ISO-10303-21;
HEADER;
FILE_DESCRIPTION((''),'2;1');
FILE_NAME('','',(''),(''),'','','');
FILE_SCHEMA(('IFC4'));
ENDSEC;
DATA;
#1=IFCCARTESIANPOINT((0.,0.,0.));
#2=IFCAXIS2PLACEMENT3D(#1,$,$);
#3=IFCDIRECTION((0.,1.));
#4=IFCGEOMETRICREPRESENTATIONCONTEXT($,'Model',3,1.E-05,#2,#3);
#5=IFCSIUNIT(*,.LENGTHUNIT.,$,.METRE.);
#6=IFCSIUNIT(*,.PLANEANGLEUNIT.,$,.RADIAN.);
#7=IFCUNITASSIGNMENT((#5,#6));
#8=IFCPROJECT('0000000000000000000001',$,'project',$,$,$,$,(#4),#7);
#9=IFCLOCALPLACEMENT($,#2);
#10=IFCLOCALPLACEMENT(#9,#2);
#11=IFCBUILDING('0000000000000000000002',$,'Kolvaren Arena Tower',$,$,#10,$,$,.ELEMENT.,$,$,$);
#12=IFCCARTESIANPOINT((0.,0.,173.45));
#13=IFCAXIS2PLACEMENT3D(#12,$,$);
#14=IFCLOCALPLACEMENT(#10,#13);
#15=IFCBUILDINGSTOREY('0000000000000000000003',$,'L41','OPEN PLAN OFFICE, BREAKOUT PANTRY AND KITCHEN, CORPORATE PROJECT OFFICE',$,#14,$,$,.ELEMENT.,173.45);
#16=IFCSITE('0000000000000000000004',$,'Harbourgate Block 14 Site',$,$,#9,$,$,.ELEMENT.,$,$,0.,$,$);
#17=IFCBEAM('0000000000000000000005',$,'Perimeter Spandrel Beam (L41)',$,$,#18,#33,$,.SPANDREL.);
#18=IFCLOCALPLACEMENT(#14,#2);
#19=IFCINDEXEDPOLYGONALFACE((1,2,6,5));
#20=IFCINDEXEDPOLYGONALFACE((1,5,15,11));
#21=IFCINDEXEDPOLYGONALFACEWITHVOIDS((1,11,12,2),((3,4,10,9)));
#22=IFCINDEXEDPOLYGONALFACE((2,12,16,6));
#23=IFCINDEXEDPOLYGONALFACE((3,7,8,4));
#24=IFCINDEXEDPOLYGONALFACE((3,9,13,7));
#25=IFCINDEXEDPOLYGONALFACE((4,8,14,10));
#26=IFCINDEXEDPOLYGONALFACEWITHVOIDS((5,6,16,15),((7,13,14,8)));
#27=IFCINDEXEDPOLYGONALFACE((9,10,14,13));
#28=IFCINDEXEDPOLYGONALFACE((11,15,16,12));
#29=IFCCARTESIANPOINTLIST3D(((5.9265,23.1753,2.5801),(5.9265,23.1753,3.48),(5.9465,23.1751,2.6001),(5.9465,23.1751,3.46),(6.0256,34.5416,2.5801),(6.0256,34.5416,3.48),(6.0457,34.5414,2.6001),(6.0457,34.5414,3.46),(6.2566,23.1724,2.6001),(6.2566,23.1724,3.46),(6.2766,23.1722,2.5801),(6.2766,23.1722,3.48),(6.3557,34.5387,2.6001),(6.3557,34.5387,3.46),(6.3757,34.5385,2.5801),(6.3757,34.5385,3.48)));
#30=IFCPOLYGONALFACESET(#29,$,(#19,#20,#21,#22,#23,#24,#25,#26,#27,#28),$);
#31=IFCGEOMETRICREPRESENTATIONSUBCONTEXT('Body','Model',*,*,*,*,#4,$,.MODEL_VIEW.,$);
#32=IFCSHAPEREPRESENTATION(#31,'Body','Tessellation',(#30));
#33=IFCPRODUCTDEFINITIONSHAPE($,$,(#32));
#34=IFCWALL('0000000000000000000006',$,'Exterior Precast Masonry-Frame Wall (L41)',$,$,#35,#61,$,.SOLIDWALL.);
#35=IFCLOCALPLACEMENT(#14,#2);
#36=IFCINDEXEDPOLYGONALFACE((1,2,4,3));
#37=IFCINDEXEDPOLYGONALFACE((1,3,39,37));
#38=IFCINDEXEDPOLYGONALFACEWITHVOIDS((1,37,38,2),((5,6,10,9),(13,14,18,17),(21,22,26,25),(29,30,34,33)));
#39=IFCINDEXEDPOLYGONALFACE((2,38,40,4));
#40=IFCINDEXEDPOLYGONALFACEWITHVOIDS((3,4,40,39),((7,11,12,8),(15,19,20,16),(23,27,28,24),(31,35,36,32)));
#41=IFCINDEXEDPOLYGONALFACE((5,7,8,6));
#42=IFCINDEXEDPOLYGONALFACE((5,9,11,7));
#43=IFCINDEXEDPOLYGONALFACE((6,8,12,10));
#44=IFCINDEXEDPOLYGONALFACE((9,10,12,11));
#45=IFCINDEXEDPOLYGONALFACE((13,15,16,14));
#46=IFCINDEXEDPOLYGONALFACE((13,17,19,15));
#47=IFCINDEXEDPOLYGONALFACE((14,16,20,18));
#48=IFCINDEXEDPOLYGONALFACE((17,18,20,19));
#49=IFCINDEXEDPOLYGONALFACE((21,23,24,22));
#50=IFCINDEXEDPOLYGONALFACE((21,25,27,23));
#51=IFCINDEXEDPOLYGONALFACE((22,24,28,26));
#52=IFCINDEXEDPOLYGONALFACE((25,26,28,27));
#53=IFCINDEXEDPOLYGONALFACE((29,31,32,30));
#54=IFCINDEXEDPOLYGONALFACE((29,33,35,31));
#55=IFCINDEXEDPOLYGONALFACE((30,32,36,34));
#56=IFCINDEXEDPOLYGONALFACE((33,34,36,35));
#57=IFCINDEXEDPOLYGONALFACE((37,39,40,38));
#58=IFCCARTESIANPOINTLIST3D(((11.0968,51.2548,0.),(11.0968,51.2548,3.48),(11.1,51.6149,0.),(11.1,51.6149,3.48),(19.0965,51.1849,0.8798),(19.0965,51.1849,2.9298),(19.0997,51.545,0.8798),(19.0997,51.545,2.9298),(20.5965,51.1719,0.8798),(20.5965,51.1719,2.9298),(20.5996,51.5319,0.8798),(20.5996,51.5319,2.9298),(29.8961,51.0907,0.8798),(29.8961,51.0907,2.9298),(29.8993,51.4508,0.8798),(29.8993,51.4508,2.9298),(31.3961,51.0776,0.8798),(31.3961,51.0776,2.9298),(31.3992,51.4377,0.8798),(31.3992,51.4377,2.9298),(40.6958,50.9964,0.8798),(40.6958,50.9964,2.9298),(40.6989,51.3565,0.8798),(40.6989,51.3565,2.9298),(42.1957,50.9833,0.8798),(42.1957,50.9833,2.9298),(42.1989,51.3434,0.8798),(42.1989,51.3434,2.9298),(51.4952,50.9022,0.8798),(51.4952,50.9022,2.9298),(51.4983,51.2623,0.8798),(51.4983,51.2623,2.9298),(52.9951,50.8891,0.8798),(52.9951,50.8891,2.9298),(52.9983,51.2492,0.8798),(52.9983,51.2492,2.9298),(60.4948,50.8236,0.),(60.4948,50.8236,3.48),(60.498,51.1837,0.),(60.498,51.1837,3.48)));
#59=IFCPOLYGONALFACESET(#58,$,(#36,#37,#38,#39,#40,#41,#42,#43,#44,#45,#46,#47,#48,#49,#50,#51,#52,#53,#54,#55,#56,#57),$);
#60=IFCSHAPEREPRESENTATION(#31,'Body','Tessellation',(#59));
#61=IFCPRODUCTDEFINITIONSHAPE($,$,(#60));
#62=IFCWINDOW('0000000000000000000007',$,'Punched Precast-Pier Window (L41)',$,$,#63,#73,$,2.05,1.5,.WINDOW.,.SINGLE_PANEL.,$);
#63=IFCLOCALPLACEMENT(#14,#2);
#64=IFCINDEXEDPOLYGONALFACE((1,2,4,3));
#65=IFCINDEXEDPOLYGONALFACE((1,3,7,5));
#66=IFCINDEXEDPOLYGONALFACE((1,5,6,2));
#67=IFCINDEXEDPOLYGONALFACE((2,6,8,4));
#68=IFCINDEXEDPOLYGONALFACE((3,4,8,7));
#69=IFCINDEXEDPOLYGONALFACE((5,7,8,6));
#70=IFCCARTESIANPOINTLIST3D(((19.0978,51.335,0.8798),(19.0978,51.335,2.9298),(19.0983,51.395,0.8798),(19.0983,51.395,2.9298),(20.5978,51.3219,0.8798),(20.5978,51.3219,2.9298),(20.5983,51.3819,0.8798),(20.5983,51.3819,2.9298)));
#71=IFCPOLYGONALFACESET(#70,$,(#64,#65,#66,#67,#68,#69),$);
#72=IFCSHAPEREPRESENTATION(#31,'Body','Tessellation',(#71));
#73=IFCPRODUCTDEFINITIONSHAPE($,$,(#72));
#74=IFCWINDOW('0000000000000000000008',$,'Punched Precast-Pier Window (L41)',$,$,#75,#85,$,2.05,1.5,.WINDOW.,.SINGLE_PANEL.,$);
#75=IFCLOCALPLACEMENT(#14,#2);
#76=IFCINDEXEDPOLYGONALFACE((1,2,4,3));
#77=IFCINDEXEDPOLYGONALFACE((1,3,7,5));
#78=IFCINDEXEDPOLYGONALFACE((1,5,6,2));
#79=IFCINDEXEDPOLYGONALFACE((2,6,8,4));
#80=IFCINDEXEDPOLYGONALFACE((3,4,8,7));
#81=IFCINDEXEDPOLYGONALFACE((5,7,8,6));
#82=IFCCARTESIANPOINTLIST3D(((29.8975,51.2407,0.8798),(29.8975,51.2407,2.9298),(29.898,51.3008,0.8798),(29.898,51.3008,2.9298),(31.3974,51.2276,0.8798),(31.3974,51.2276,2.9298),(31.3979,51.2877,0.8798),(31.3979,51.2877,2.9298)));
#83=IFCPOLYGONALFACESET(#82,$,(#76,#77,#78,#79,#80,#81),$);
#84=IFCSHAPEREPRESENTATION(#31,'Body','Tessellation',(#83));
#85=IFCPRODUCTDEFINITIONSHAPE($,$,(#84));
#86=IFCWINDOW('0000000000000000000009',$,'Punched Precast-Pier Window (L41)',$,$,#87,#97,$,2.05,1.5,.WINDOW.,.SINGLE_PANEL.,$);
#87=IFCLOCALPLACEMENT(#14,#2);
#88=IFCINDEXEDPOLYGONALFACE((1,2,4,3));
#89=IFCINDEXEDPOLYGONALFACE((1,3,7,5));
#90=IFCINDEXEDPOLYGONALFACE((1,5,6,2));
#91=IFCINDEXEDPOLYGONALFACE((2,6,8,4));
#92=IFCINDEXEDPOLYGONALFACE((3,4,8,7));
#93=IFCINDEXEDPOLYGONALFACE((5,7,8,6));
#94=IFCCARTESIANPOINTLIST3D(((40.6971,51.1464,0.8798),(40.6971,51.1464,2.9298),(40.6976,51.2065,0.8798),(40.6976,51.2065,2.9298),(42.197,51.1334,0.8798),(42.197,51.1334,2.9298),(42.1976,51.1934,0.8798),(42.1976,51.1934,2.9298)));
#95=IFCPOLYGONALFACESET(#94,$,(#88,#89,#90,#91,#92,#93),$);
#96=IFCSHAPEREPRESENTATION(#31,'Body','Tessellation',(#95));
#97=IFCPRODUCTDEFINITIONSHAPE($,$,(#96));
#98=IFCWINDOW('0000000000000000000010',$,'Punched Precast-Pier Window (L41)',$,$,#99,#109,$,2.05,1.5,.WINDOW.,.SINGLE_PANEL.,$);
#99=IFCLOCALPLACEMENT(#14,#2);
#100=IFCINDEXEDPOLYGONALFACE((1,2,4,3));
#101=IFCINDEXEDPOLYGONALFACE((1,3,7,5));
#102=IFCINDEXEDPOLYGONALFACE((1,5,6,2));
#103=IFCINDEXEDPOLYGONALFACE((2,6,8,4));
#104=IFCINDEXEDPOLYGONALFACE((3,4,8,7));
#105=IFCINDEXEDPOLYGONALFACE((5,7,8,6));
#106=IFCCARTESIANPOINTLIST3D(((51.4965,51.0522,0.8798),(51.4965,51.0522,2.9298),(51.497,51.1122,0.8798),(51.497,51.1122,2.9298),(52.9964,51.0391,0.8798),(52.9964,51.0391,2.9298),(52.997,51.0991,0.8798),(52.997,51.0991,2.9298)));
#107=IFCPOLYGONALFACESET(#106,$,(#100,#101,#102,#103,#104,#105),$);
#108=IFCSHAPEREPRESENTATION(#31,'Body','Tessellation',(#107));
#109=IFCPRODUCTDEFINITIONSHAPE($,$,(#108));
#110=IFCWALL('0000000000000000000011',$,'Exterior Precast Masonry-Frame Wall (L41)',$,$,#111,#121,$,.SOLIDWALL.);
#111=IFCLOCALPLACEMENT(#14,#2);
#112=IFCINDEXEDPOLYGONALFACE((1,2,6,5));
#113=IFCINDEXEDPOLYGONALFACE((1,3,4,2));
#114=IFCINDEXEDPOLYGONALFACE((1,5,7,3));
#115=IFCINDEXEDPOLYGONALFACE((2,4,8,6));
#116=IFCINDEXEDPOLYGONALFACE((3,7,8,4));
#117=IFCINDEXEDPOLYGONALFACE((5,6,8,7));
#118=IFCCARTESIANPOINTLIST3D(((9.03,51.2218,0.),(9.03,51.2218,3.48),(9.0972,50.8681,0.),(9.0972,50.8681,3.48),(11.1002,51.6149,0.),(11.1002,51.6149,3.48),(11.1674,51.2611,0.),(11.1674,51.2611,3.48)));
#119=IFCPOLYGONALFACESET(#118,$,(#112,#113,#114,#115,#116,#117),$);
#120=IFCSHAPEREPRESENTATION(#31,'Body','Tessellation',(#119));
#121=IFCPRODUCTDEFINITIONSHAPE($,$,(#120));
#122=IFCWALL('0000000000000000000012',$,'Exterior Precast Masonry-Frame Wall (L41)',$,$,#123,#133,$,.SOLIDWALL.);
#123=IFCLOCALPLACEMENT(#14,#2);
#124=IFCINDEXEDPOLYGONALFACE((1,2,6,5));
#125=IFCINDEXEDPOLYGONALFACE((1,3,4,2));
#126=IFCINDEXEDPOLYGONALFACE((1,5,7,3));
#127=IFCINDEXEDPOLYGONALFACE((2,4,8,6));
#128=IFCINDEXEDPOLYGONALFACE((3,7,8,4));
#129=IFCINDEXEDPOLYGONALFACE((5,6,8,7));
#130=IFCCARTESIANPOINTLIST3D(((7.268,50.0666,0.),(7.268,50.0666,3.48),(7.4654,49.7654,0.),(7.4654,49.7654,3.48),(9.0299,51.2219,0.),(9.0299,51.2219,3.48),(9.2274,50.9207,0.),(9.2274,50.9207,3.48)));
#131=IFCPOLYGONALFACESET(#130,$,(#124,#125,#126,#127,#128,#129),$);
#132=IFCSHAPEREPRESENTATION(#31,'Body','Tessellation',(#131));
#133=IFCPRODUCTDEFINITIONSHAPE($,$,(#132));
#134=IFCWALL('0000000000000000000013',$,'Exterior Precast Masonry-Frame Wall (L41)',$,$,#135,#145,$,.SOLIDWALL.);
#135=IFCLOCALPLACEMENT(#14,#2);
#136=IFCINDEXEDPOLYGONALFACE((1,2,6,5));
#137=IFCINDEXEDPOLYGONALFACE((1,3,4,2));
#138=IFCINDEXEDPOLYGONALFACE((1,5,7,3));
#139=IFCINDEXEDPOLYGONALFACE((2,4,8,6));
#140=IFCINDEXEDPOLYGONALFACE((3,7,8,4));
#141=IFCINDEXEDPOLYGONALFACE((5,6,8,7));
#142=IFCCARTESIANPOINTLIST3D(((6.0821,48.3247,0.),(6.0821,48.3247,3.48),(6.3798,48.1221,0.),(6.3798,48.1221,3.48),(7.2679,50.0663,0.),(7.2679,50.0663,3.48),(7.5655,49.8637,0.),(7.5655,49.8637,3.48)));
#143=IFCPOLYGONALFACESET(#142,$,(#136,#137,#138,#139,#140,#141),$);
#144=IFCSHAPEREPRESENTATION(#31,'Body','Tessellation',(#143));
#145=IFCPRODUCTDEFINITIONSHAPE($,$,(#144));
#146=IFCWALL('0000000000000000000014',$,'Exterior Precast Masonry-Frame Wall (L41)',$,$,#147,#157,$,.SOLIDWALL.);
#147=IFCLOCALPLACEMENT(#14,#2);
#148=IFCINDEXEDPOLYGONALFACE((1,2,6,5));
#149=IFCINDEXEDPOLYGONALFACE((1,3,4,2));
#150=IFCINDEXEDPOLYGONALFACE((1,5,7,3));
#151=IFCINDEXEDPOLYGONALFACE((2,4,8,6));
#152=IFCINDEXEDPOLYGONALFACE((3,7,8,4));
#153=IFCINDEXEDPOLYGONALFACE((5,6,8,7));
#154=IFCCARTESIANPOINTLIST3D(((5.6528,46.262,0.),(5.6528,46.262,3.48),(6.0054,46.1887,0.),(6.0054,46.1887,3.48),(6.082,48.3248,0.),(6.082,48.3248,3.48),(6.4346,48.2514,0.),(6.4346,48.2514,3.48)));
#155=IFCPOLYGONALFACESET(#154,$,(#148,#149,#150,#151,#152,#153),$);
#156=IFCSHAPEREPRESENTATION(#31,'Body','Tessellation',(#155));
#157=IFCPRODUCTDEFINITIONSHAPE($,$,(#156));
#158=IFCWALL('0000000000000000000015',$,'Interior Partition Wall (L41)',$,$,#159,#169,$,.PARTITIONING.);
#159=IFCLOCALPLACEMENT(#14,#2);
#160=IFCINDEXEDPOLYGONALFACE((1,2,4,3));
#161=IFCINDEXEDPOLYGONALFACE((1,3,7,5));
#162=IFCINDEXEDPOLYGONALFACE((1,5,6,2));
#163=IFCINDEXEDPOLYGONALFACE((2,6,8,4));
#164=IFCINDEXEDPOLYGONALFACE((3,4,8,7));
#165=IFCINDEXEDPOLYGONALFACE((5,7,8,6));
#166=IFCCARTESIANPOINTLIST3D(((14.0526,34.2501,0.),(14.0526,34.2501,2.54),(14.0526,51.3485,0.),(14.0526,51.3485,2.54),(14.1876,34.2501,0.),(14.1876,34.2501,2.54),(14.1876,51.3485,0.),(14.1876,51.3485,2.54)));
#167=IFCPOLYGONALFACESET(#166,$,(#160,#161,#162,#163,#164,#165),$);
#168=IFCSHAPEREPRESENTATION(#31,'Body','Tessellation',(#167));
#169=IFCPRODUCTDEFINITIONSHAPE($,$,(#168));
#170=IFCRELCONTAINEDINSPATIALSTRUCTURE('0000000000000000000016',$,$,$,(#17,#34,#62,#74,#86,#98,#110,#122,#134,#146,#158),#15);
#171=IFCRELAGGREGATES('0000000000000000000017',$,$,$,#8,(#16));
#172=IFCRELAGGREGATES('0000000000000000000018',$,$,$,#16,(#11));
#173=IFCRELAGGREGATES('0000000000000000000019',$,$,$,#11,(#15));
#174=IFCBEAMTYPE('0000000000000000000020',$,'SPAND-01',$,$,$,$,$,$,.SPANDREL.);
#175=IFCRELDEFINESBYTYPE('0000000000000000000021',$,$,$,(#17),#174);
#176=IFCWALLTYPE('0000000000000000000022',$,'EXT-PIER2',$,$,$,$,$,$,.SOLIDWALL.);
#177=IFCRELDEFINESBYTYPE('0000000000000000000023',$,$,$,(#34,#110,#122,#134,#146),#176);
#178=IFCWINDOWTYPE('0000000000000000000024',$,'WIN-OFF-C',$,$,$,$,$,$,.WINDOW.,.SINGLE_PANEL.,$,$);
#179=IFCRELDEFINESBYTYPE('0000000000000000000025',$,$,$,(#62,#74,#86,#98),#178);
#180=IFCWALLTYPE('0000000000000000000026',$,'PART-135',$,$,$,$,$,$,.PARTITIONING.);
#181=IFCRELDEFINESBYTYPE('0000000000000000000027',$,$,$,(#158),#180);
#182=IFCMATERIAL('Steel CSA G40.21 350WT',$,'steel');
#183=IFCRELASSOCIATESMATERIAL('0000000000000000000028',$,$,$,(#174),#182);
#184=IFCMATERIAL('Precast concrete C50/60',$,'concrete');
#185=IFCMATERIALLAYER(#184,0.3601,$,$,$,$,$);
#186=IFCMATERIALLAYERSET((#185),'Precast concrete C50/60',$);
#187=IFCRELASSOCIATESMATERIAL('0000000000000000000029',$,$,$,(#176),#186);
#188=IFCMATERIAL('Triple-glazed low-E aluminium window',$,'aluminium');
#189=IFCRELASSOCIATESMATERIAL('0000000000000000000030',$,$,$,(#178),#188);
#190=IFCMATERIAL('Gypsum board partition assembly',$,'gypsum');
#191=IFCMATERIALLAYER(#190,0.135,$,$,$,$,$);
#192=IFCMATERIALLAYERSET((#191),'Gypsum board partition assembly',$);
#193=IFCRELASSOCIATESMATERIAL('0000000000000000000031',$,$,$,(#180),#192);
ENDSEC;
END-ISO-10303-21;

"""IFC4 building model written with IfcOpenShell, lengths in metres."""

from ifc_helpers import new_model, si_unit, direction, frame, frame_2d, origin, origin_2d, place, context, subcontext, project, spatial, rectangle, hollow_rectangle, extrude, material, layer, layer_set, material_profile, profile_set, type_object, element, fill, save


model = new_model("IFC4")

# Units and contexts
model_context = context("Model", 3, precision=1e-05, world=origin(), true_north=direction((0.0, 1.0)))
body_context = subcontext(model_context, "Body", "Model", "MODEL_VIEW")
ifc_project = project(units=[si_unit("LENGTHUNIT", "METRE"), si_unit("PLANEANGLEUNIT", "RADIAN")], contexts=[model_context])

# Site, building, storey
site_placement = place(None, origin())
site = spatial("IfcSite", under=ifc_project, at=site_placement, Name="Harbourgate Block 14 Site", CompositionType="ELEMENT", RefElevation=0.0)
building_placement = place(site_placement, origin())
building = spatial("IfcBuilding", under=site, at=building_placement, Name="Kolvaren Arena Tower", CompositionType="ELEMENT")
storey_placement = place(building_placement, frame((0.0, 0.0, 173.45)))
storey = spatial("IfcBuildingStorey", under=building, at=storey_placement, Name="L41", Description="OPEN PLAN OFFICE, BREAKOUT PANTRY AND KITCHEN, CORPORATE PROJECT OFFICE", CompositionType="ELEMENT", Elevation=173.45)

# Beam
ifc_material_1 = material(Name="Steel CSA G40.21 350WT", Category="steel")
ifc_material_profile_1 = material_profile(ifc_material_1, hollow_rectangle(XDim=0.3501, YDim=0.8999, WallThickness=0.02, at=origin_2d()), Name="HSS 900x350x20")
ifc_profile_set_1 = profile_set([ifc_material_profile_1], Name="Steel CSA G40.21 350WT")
beam_type_1 = type_object("IfcBeamType", Name="SPAND-01", PredefinedType="SPANDREL", material=ifc_profile_set_1)
for number, where, z_axis, x_axis, name in (
    (1, (6.2007, 34.54, 3.03), (-0.00872, -0.999962, 0.0), (0.999962, -0.00872, 0.0), "Perimeter Spandrel Beam (L41)"),
):
    element("IfcBeam", number, at=place(storey_placement, frame(where, z_axis=z_axis, x_axis=x_axis)), inside=storey, type_object=beam_type_1, Name=name, PredefinedType="SPANDREL", context=body_context, shape_type="SweptSolid", body=[
        extrude(hollow_rectangle(XDim=0.3501, YDim=0.8999, WallThickness=0.02, at=origin_2d()), origin(), (0.0, 0.0, 1.0), 11.3667),
    ])

# Wall, openings, windows
ifc_material_2 = material(Name="Precast concrete C50/60", Category="concrete")
ifc_layer_1 = layer(ifc_material_2, 0.3601)
ifc_layer_set_1 = layer_set([ifc_layer_1], Name="Precast concrete C50/60")
wall_type_1 = type_object("IfcWallType", Name="EXT-PIER2", PredefinedType="SOLIDWALL", material=ifc_layer_set_1)
wall_1_placement = place(storey_placement, frame((11.0984, 51.4348, 0.0), z_axis=(0.0, 0.0, 1.0), x_axis=(0.999962, -0.008728, 0.0)))
wall_1 = element("IfcWall", 2, at=wall_1_placement, inside=storey, type_object=wall_type_1, Name="Exterior Precast Masonry-Frame Wall (L41)", PredefinedType="SOLIDWALL", context=body_context, shape_type="SweptSolid", body=[
    extrude(rectangle(XDim=49.3999, YDim=0.3601, at=frame_2d((24.7, 0.0))), origin(), (0.0, 0.0, 1.0), 3.48),
])
opening_1_placement = place(wall_1_placement, frame((8.0, 0.0, 0.8799)))
opening_1 = element("IfcOpeningElement", 3, at=opening_1_placement, cuts=wall_1, PredefinedType="OPENING", context=body_context, shape_type="SweptSolid", body=[
    extrude(rectangle(XDim=1.5, YDim=2.05, at=frame_2d((0.75, 1.0249))), frame((0.0, 0.1899, 0.0), z_axis=(0.0, -1.0, 0.0), x_axis=(1.0, 0.0, 0.0)), (0.0, 0.0, 1.0), 0.3801),
])
opening_2_placement = place(wall_1_placement, frame((18.8, 0.0, 0.8799)))
opening_2 = element("IfcOpeningElement", 4, at=opening_2_placement, cuts=wall_1, PredefinedType="OPENING", context=body_context, shape_type="SweptSolid", body=[
    extrude(rectangle(XDim=1.5, YDim=2.05, at=frame_2d((0.75, 1.0249))), frame((0.0, 0.1899, 0.0), z_axis=(0.0, -1.0, 0.0), x_axis=(1.0, 0.0, 0.0)), (0.0, 0.0, 1.0), 0.3801),
])
opening_3_placement = place(wall_1_placement, frame((29.6001, 0.0, 0.8799)))
opening_3 = element("IfcOpeningElement", 5, at=opening_3_placement, cuts=wall_1, PredefinedType="OPENING", context=body_context, shape_type="SweptSolid", body=[
    extrude(rectangle(XDim=1.5, YDim=2.05, at=frame_2d((0.75, 1.0249))), frame((0.0, 0.1899, 0.0), z_axis=(0.0, -1.0, 0.0), x_axis=(1.0, 0.0, 0.0)), (0.0, 0.0, 1.0), 0.3801),
])
opening_4_placement = place(wall_1_placement, frame((40.3999, 0.0, 0.8799)))
opening_4 = element("IfcOpeningElement", 6, at=opening_4_placement, cuts=wall_1, PredefinedType="OPENING", context=body_context, shape_type="SweptSolid", body=[
    extrude(rectangle(XDim=1.5, YDim=2.05, at=frame_2d((0.75, 1.0249))), frame((0.0, 0.1899, 0.0), z_axis=(0.0, -1.0, 0.0), x_axis=(1.0, 0.0, 0.0)), (0.0, 0.0, 1.0), 0.3801),
])
ifc_material_3 = material(Name="Triple-glazed low-E aluminium window", Category="aluminium")
window_type = type_object("IfcWindowType", Name="WIN-OFF-C", PartitioningType="SINGLE_PANEL", PredefinedType="WINDOW", material=ifc_material_3)
window_1_placement = place(opening_1_placement, origin())
window_1 = element("IfcWindow", 7, at=window_1_placement, inside=storey, type_object=window_type, Name="Punched Precast-Pier Window (L41)", OverallHeight=2.05, OverallWidth=1.5, PartitioningType="SINGLE_PANEL", PredefinedType="WINDOW", context=body_context, shape_type="SweptSolid", body=[
    extrude(rectangle(XDim=1.5, YDim=2.05, at=frame_2d((0.75, 1.0249))), frame((0.0, 0.03, 0.0), z_axis=(0.0, -1.0, 0.0), x_axis=(1.0, 0.0, 0.0)), (0.0, 0.0, 1.0), 0.0601),
])
fill(opening_1, window_1)
window_2_placement = place(opening_2_placement, origin())
window_2 = element("IfcWindow", 8, at=window_2_placement, inside=storey, type_object=window_type, Name="Punched Precast-Pier Window (L41)", OverallHeight=2.05, OverallWidth=1.5, PartitioningType="SINGLE_PANEL", PredefinedType="WINDOW", context=body_context, shape_type="SweptSolid", body=[
    extrude(rectangle(XDim=1.5, YDim=2.05, at=frame_2d((0.75, 1.0249))), frame((0.0, 0.03, 0.0), z_axis=(0.0, -1.0, 0.0), x_axis=(1.0, 0.0, 0.0)), (0.0, 0.0, 1.0), 0.0601),
])
fill(opening_2, window_2)
window_3_placement = place(opening_3_placement, origin())
window_3 = element("IfcWindow", 9, at=window_3_placement, inside=storey, type_object=window_type, Name="Punched Precast-Pier Window (L41)", OverallHeight=2.05, OverallWidth=1.5, PartitioningType="SINGLE_PANEL", PredefinedType="WINDOW", context=body_context, shape_type="SweptSolid", body=[
    extrude(rectangle(XDim=1.5, YDim=2.05, at=frame_2d((0.75, 1.0249))), frame((0.0, 0.03, 0.0), z_axis=(0.0, -1.0, 0.0), x_axis=(1.0, 0.0, 0.0)), (0.0, 0.0, 1.0), 0.0601),
])
fill(opening_3, window_3)
window_4_placement = place(opening_4_placement, origin())
window_4 = element("IfcWindow", 10, at=window_4_placement, inside=storey, type_object=window_type, Name="Punched Precast-Pier Window (L41)", OverallHeight=2.05, OverallWidth=1.5, PartitioningType="SINGLE_PANEL", PredefinedType="WINDOW", context=body_context, shape_type="SweptSolid", body=[
    extrude(rectangle(XDim=1.5, YDim=2.05, at=frame_2d((0.75, 1.0249))), frame((0.0, 0.03, 0.0), z_axis=(0.0, -1.0, 0.0), x_axis=(1.0, 0.0, 0.0)), (0.0, 0.0, 1.0), 0.0601),
])
fill(opening_4, window_4)

# Walls
wall_2_placement = place(storey_placement, frame((9.0635, 51.0449, 0.0), z_axis=(0.0, 0.0, 1.0), x_axis=(0.982446, 0.186548, 0.0)))
element("IfcWall", 11, at=wall_2_placement, inside=storey, type_object=wall_type_1, Name="Exterior Precast Masonry-Frame Wall (L41)", PredefinedType="SOLIDWALL", context=body_context, shape_type="SweptSolid", body=[
    extrude(rectangle(XDim=2.1072, YDim=0.3601, at=frame_2d((1.0537, 0.0))), origin(), (0.0, 0.0, 1.0), 3.48),
])
for number, where, z_axis, x_axis, name in (
    (12, (7.3667, 49.916, 0.0), (0.0, 0.0, 1.0), (0.836269, 0.54832, 0.0), "Exterior Precast Masonry-Frame Wall (L41)"),
    (13, (6.231, 48.2234, 0.0), (0.0, 0.0, 1.0), (0.562776, 0.82661, 0.0), "Exterior Precast Masonry-Frame Wall (L41)"),
    (14, (5.8291, 46.2253, 0.0), (0.0, 0.0, 1.0), (0.203709, 0.979031, 0.0), "Exterior Precast Masonry-Frame Wall (L41)"),
):
    element("IfcWall", number, at=place(storey_placement, frame(where, z_axis=z_axis, x_axis=x_axis)), inside=storey, type_object=wall_type_1, Name=name, PredefinedType="SOLIDWALL", context=body_context, shape_type="SweptSolid", body=[
        extrude(rectangle(XDim=2.1069, YDim=0.3601, at=frame_2d((1.0535, 0.0))), origin(), (0.0, 0.0, 1.0), 3.48),
    ])
ifc_material_4 = material(Name="Gypsum board partition assembly", Category="gypsum")
ifc_layer_2 = layer(ifc_material_4, 0.135)
ifc_layer_set_2 = layer_set([ifc_layer_2], Name="Gypsum board partition assembly")
wall_type_2 = type_object("IfcWallType", Name="PART-135", PredefinedType="PARTITIONING", material=ifc_layer_set_2)
wall_3_placement = place(storey_placement, frame((14.1201, 34.25, 0.0), z_axis=(0.0, 0.0, 1.0), x_axis=(0.0, 1.0, 0.0)))
element("IfcWall", 15, at=wall_3_placement, inside=storey, type_object=wall_type_2, Name="Interior Partition Wall (L41)", PredefinedType="PARTITIONING", context=body_context, shape_type="SweptSolid", body=[
    extrude(rectangle(XDim=17.0984, YDim=0.135, at=frame_2d((8.5493, 0.0))), origin(), (0.0, 0.0, 1.0), 2.54),
])

save(model, "model.ifc")
